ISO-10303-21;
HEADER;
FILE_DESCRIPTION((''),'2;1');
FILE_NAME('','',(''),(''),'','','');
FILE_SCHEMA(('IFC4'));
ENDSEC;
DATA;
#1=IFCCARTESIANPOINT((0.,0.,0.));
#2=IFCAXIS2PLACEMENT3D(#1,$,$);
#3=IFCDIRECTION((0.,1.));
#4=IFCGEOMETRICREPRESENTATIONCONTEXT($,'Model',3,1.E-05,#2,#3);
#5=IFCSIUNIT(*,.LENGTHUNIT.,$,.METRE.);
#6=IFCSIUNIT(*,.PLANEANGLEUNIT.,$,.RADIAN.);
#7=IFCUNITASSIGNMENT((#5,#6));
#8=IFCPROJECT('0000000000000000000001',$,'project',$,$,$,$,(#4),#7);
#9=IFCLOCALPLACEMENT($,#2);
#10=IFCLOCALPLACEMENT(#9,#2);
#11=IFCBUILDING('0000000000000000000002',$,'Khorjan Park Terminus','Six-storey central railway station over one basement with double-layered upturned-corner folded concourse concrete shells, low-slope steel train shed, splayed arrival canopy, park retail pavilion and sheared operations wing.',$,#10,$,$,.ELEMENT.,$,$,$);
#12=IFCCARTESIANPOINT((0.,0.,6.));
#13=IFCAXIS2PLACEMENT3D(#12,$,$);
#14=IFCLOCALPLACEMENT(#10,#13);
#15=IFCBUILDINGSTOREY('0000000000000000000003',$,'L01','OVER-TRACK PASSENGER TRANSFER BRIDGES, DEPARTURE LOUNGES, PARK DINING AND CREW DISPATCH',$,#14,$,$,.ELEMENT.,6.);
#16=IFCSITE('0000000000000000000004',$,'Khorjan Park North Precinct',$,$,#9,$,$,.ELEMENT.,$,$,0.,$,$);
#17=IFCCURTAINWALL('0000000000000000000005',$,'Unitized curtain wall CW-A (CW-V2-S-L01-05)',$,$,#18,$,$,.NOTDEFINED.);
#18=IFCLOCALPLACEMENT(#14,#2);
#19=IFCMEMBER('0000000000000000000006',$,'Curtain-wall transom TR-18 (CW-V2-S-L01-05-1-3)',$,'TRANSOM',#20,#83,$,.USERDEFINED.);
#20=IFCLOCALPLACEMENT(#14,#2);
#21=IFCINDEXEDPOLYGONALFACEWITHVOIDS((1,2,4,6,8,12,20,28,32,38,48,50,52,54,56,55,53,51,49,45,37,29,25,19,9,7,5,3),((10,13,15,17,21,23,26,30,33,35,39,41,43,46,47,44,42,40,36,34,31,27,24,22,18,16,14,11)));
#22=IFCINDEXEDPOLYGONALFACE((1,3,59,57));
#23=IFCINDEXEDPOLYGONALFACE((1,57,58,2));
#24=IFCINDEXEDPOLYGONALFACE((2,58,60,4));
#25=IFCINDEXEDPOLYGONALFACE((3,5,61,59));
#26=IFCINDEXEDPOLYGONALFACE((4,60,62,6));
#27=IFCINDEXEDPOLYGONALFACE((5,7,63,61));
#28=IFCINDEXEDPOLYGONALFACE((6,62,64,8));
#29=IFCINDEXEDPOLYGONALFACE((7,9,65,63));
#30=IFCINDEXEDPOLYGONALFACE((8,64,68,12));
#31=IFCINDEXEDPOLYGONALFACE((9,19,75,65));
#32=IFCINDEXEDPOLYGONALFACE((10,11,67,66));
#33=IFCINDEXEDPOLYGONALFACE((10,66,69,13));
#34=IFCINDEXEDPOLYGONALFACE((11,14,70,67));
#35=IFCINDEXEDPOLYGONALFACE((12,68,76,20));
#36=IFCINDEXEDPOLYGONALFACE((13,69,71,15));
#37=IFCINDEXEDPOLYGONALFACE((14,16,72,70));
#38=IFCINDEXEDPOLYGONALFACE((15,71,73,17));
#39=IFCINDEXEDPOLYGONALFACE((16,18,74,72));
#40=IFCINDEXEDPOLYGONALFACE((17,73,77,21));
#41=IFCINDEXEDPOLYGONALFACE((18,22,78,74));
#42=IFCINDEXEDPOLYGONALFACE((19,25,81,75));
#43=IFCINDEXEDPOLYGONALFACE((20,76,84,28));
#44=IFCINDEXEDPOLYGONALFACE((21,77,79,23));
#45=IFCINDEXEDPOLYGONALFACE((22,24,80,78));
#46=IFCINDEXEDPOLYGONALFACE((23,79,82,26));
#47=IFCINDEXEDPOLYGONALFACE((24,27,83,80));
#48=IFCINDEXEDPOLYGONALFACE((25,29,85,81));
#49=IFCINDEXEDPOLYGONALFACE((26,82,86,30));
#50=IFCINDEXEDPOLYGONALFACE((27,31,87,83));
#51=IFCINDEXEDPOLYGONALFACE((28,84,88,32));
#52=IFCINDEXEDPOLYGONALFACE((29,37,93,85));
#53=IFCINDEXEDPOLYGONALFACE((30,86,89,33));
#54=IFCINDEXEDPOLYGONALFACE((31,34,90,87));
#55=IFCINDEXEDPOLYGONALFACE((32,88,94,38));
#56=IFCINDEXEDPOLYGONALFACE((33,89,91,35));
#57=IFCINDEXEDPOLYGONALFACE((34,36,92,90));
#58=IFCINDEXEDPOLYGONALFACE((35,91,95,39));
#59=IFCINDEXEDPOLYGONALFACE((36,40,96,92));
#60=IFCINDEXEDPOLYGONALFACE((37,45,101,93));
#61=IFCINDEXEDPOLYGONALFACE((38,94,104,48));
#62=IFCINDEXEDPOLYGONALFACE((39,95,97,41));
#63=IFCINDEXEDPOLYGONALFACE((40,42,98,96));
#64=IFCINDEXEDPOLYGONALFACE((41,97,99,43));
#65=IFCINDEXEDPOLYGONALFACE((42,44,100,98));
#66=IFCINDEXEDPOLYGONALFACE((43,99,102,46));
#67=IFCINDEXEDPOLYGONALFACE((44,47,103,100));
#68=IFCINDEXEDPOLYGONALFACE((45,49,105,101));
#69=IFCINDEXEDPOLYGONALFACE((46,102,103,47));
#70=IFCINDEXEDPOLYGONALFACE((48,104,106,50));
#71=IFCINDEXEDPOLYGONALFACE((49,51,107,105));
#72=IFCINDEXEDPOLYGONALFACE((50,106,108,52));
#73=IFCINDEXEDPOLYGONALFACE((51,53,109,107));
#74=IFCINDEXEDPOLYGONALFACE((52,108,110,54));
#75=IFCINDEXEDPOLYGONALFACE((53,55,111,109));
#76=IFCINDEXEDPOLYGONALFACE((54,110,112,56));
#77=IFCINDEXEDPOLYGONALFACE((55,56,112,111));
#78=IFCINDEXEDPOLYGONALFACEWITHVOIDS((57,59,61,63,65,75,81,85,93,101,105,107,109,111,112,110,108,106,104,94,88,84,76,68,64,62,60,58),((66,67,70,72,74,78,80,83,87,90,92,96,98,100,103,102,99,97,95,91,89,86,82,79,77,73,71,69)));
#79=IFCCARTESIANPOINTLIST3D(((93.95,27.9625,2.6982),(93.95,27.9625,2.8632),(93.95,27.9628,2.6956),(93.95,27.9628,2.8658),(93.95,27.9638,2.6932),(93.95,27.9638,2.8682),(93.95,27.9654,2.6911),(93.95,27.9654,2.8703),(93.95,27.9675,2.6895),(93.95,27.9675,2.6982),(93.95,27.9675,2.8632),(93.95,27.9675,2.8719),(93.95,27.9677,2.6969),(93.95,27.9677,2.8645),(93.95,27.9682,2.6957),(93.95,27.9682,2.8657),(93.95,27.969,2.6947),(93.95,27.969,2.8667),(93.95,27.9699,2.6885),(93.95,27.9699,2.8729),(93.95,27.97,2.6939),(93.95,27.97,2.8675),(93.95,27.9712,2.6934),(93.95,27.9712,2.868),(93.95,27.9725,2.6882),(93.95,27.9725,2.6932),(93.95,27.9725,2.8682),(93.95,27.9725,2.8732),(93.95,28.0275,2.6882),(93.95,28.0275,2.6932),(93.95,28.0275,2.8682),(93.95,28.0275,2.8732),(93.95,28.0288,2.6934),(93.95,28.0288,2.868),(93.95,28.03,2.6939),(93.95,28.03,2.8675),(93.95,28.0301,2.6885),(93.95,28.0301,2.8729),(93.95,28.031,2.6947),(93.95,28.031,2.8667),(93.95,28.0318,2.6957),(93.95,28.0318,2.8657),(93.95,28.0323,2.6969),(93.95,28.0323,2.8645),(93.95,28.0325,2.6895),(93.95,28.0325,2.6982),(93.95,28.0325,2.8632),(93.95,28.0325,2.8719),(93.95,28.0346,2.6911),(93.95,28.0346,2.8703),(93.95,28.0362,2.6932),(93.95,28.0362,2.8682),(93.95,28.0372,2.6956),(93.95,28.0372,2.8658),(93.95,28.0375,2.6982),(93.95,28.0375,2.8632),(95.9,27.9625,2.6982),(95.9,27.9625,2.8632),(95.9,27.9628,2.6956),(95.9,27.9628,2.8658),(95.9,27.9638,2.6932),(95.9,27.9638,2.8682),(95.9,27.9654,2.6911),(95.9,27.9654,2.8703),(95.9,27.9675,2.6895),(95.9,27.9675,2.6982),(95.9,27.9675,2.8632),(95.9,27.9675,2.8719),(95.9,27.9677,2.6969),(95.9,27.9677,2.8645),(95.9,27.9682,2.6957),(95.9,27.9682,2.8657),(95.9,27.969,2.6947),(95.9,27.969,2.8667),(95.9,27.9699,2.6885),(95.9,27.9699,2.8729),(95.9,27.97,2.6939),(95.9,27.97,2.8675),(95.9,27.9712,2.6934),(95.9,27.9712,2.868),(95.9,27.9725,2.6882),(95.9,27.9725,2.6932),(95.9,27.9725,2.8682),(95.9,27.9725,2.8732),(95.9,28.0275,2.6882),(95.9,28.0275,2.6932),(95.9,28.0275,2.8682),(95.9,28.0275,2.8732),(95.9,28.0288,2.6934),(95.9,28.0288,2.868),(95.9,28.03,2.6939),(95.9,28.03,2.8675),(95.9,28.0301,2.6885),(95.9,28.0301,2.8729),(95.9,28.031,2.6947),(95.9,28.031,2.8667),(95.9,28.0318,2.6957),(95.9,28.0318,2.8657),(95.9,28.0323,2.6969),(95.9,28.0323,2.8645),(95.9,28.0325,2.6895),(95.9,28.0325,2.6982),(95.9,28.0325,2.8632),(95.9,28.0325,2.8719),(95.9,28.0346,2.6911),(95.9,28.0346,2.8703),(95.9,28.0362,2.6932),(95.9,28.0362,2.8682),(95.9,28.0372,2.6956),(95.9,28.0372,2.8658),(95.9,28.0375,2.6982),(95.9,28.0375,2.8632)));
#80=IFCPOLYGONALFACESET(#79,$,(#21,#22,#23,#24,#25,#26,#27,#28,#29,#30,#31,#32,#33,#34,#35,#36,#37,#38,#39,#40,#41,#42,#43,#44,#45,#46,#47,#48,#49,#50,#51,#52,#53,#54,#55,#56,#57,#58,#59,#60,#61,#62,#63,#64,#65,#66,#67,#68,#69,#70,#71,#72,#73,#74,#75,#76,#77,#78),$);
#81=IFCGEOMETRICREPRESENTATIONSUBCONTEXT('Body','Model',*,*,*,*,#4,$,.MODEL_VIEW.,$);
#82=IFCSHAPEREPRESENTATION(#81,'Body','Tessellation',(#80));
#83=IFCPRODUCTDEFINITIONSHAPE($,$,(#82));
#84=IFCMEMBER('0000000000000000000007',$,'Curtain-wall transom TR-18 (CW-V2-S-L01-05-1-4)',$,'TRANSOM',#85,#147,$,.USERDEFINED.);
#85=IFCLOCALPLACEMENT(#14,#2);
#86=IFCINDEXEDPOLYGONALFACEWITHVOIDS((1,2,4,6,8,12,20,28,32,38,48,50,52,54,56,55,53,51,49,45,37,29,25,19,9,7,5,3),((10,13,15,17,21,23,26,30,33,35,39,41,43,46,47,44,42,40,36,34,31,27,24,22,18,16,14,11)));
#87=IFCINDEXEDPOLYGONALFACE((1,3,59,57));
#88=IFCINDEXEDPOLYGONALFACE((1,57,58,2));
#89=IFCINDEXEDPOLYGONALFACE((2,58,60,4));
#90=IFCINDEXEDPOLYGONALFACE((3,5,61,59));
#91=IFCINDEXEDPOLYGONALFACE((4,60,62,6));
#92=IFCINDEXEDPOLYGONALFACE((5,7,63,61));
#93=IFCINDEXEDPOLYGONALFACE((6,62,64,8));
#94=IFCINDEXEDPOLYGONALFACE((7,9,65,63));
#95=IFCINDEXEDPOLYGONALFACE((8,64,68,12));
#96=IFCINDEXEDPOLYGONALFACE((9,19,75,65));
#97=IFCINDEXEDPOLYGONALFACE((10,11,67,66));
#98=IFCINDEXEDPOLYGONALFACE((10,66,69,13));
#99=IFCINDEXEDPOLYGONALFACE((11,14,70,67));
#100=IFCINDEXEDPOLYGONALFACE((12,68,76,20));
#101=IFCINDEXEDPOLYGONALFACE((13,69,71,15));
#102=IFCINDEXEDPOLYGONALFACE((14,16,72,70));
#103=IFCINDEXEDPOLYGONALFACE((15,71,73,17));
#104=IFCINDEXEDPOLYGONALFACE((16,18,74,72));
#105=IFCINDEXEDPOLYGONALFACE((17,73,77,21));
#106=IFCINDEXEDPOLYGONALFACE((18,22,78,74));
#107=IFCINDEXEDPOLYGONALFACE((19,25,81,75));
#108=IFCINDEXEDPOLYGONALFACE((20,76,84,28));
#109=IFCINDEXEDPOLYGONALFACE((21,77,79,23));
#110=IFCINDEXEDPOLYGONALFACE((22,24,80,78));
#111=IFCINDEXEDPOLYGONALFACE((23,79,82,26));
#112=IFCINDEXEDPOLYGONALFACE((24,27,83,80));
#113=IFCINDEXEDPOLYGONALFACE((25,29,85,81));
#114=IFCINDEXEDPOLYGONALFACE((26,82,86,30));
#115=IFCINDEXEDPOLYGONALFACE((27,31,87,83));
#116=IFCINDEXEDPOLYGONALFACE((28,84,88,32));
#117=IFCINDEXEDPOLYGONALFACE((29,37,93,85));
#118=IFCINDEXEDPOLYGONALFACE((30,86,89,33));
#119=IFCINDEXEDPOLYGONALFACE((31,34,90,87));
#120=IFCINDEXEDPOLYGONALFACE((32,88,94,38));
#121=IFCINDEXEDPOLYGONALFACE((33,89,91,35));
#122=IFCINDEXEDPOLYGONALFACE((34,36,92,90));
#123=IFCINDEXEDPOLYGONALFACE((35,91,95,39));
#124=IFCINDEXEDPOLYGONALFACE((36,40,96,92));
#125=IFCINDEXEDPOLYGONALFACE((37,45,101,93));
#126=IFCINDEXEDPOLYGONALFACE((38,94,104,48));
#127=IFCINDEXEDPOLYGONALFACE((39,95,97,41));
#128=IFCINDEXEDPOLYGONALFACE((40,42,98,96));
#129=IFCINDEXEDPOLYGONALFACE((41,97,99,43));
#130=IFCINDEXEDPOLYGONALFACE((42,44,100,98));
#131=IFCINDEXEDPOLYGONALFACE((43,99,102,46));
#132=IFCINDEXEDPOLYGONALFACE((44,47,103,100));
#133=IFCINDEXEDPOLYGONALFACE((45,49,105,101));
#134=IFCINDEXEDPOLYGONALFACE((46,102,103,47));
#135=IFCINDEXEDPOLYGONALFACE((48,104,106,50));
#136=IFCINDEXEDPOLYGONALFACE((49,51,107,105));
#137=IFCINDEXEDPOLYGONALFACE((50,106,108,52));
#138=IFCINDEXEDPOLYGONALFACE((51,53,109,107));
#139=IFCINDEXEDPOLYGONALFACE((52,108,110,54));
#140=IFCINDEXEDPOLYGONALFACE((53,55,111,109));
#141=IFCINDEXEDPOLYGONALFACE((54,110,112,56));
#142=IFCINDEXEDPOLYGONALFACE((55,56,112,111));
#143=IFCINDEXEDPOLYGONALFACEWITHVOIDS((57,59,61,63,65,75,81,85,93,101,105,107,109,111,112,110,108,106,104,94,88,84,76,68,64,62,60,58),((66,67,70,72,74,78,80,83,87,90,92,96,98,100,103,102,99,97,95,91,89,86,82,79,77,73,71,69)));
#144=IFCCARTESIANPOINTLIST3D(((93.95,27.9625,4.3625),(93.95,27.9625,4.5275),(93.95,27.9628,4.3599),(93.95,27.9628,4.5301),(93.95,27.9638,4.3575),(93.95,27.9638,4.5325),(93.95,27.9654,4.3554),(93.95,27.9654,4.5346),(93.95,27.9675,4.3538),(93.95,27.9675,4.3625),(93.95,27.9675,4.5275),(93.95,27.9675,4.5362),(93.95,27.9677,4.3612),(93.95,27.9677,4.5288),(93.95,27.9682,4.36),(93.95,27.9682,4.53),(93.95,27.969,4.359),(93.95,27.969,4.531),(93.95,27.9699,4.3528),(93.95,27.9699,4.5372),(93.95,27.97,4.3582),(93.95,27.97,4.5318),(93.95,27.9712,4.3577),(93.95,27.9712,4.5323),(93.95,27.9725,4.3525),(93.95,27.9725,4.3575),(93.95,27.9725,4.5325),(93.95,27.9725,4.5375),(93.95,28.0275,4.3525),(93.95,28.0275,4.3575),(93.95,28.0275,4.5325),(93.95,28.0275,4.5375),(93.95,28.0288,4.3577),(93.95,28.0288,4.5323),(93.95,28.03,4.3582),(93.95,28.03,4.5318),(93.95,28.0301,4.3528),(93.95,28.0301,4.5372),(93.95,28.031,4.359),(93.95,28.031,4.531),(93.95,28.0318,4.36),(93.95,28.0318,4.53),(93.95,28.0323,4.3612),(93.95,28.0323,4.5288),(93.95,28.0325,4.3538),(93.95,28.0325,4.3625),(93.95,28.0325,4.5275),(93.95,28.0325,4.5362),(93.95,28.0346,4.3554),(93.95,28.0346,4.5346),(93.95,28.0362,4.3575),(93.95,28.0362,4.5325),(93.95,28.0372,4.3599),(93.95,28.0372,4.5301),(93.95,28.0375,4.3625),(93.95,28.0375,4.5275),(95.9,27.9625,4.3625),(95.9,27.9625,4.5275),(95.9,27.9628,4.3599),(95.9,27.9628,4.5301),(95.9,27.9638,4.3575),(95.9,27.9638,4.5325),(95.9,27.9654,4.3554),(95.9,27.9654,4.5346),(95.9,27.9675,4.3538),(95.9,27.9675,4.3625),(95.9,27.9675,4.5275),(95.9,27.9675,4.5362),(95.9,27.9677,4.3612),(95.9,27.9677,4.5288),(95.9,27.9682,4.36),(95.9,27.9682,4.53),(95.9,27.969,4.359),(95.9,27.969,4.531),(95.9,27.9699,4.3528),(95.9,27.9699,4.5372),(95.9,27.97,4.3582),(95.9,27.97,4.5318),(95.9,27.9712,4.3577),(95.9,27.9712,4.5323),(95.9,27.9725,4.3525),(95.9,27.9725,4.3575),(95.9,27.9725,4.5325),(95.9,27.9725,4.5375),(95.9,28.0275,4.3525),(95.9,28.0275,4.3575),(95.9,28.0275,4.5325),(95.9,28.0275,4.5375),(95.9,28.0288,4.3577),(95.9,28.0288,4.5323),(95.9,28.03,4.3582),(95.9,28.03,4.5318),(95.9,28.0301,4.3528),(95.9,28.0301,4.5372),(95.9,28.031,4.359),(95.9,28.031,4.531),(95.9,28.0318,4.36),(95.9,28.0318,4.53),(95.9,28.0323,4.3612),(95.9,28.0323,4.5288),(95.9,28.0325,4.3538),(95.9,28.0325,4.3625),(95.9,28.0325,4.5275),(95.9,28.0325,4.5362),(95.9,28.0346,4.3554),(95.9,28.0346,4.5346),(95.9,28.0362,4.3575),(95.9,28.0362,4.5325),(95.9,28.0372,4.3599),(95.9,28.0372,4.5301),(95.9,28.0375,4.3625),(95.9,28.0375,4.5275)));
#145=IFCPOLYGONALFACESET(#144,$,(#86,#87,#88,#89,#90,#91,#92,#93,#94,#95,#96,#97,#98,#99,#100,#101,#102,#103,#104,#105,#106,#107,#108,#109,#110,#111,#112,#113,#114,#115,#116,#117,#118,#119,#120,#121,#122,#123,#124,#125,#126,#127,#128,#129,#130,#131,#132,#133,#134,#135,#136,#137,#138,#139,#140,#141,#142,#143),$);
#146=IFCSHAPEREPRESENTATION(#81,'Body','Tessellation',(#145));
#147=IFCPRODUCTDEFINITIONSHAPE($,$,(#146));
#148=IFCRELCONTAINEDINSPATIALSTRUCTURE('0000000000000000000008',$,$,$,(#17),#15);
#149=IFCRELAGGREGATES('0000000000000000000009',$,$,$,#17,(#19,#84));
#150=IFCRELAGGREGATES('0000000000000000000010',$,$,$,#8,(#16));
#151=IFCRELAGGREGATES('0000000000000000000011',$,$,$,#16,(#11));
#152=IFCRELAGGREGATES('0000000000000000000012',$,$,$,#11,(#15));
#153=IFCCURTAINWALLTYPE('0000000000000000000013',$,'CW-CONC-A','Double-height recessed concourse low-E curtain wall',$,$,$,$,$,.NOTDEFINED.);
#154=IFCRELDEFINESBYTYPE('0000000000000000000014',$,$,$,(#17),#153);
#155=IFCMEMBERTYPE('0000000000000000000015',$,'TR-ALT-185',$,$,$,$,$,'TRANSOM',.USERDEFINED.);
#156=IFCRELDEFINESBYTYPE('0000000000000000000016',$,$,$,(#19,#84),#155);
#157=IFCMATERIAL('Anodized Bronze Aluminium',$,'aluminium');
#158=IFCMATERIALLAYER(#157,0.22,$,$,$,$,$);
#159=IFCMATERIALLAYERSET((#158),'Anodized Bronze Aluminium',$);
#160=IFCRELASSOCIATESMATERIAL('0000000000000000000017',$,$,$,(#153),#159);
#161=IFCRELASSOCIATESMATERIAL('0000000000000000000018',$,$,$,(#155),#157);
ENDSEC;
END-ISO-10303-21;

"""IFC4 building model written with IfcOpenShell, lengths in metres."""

from ifc_helpers import new_model, si_unit, direction, frame, origin, origin_2d, place, context, subcontext, project, spatial, hollow_rectangle, extrude, material, layer, layer_set, material_profile, profile_set, type_object, element, aggregate, save


model = new_model("IFC4")

# Units and contexts
model_context = context("Model", 3, precision=1e-05, world=origin(), true_north=direction((0.0, 1.0)))
body_context = subcontext(model_context, "Body", "Model", "MODEL_VIEW")
ifc_project = project(units=[si_unit("LENGTHUNIT", "METRE"), si_unit("PLANEANGLEUNIT", "RADIAN")], contexts=[model_context])

# Site, building, storey
site_placement = place(None, origin())
site = spatial("IfcSite", under=ifc_project, at=site_placement, Name="Khorjan Park North Precinct", CompositionType="ELEMENT", RefElevation=0.0)
building_placement = place(site_placement, origin())
building = spatial("IfcBuilding", under=site, at=building_placement, Name="Khorjan Park Terminus", Description="Six-storey central railway station over one basement with double-layered upturned-corner folded concourse concrete shells, low-slope steel train shed, splayed arrival canopy, park retail pavilion and sheared operations wing.", CompositionType="ELEMENT")
storey_placement = place(building_placement, frame((0.0, 0.0, 6.0)))
storey = spatial("IfcBuildingStorey", under=building, at=storey_placement, Name="L01", Description="OVER-TRACK PASSENGER TRANSFER BRIDGES, DEPARTURE LOUNGES, PARK DINING AND CREW DISPATCH", CompositionType="ELEMENT", Elevation=6.0)

# Shared definitions
ifc_material_1 = material(Name="Anodized Bronze Aluminium", Category="aluminium")
ifc_layer_1 = layer(ifc_material_1, 0.22)
ifc_layer_set_1 = layer_set([ifc_layer_1], Name="Anodized Bronze Aluminium")
curtain_wall_type = type_object("IfcCurtainWallType", Name="CW-CONC-A", Description="Double-height recessed concourse low-E curtain wall", PredefinedType="NOTDEFINED", material=ifc_layer_set_1)

# Curtain wall
curtain_wall_1_placement = place(storey_placement, origin())
curtain_wall_1 = element("IfcCurtainWall", 1, at=curtain_wall_1_placement, inside=storey, type_object=curtain_wall_type, Name="Unitized curtain wall CW-A (CW-V2-S-L01-05)", PredefinedType="NOTDEFINED")

# Members
ifc_material_profile_1 = material_profile(ifc_material_1, hollow_rectangle(XDim=0.075, YDim=0.185, WallThickness=0.005, InnerFilletRadius=0.005, OuterFilletRadius=0.01, at=origin_2d()), Name="ALT 75x185x5")
ifc_profile_set_1 = profile_set([ifc_material_profile_1], Name="Anodized Bronze Aluminium")
member_type_1 = type_object("IfcMemberType", Name="TR-ALT-185", ElementType="TRANSOM", PredefinedType="USERDEFINED", material=ifc_profile_set_1)
member_1_placement = place(storey_placement, frame((93.95, 28.0, 2.7807), z_axis=(1.0, 0.0, 0.0), x_axis=(0.0, 1.0, 0.0)))
member_1 = element("IfcMember", 2, at=member_1_placement, type_object=member_type_1, Name="Curtain-wall transom TR-18 (CW-V2-S-L01-05-1-3)", ObjectType="TRANSOM", PredefinedType="USERDEFINED", context=body_context, shape_type="SweptSolid", body=[
    extrude(hollow_rectangle(XDim=0.075, YDim=0.185, WallThickness=0.005, InnerFilletRadius=0.005, OuterFilletRadius=0.01, at=origin_2d()), origin(), (0.0, 0.0, 1.0), 1.95),
])
member_2_placement = place(storey_placement, frame((93.95, 28.0, 4.445), z_axis=(1.0, 0.0, 0.0), x_axis=(0.0, 1.0, 0.0)))
member_2 = element("IfcMember", 3, at=member_2_placement, type_object=member_type_1, Name="Curtain-wall transom TR-18 (CW-V2-S-L01-05-1-4)", ObjectType="TRANSOM", PredefinedType="USERDEFINED", context=body_context, shape_type="SweptSolid", body=[
    extrude(hollow_rectangle(XDim=0.075, YDim=0.185, WallThickness=0.005, InnerFilletRadius=0.005, OuterFilletRadius=0.01, at=origin_2d()), origin(), (0.0, 0.0, 1.0), 1.95),
])

aggregate(curtain_wall_1, [member_1, member_2])

save(model, "model.ifc")
